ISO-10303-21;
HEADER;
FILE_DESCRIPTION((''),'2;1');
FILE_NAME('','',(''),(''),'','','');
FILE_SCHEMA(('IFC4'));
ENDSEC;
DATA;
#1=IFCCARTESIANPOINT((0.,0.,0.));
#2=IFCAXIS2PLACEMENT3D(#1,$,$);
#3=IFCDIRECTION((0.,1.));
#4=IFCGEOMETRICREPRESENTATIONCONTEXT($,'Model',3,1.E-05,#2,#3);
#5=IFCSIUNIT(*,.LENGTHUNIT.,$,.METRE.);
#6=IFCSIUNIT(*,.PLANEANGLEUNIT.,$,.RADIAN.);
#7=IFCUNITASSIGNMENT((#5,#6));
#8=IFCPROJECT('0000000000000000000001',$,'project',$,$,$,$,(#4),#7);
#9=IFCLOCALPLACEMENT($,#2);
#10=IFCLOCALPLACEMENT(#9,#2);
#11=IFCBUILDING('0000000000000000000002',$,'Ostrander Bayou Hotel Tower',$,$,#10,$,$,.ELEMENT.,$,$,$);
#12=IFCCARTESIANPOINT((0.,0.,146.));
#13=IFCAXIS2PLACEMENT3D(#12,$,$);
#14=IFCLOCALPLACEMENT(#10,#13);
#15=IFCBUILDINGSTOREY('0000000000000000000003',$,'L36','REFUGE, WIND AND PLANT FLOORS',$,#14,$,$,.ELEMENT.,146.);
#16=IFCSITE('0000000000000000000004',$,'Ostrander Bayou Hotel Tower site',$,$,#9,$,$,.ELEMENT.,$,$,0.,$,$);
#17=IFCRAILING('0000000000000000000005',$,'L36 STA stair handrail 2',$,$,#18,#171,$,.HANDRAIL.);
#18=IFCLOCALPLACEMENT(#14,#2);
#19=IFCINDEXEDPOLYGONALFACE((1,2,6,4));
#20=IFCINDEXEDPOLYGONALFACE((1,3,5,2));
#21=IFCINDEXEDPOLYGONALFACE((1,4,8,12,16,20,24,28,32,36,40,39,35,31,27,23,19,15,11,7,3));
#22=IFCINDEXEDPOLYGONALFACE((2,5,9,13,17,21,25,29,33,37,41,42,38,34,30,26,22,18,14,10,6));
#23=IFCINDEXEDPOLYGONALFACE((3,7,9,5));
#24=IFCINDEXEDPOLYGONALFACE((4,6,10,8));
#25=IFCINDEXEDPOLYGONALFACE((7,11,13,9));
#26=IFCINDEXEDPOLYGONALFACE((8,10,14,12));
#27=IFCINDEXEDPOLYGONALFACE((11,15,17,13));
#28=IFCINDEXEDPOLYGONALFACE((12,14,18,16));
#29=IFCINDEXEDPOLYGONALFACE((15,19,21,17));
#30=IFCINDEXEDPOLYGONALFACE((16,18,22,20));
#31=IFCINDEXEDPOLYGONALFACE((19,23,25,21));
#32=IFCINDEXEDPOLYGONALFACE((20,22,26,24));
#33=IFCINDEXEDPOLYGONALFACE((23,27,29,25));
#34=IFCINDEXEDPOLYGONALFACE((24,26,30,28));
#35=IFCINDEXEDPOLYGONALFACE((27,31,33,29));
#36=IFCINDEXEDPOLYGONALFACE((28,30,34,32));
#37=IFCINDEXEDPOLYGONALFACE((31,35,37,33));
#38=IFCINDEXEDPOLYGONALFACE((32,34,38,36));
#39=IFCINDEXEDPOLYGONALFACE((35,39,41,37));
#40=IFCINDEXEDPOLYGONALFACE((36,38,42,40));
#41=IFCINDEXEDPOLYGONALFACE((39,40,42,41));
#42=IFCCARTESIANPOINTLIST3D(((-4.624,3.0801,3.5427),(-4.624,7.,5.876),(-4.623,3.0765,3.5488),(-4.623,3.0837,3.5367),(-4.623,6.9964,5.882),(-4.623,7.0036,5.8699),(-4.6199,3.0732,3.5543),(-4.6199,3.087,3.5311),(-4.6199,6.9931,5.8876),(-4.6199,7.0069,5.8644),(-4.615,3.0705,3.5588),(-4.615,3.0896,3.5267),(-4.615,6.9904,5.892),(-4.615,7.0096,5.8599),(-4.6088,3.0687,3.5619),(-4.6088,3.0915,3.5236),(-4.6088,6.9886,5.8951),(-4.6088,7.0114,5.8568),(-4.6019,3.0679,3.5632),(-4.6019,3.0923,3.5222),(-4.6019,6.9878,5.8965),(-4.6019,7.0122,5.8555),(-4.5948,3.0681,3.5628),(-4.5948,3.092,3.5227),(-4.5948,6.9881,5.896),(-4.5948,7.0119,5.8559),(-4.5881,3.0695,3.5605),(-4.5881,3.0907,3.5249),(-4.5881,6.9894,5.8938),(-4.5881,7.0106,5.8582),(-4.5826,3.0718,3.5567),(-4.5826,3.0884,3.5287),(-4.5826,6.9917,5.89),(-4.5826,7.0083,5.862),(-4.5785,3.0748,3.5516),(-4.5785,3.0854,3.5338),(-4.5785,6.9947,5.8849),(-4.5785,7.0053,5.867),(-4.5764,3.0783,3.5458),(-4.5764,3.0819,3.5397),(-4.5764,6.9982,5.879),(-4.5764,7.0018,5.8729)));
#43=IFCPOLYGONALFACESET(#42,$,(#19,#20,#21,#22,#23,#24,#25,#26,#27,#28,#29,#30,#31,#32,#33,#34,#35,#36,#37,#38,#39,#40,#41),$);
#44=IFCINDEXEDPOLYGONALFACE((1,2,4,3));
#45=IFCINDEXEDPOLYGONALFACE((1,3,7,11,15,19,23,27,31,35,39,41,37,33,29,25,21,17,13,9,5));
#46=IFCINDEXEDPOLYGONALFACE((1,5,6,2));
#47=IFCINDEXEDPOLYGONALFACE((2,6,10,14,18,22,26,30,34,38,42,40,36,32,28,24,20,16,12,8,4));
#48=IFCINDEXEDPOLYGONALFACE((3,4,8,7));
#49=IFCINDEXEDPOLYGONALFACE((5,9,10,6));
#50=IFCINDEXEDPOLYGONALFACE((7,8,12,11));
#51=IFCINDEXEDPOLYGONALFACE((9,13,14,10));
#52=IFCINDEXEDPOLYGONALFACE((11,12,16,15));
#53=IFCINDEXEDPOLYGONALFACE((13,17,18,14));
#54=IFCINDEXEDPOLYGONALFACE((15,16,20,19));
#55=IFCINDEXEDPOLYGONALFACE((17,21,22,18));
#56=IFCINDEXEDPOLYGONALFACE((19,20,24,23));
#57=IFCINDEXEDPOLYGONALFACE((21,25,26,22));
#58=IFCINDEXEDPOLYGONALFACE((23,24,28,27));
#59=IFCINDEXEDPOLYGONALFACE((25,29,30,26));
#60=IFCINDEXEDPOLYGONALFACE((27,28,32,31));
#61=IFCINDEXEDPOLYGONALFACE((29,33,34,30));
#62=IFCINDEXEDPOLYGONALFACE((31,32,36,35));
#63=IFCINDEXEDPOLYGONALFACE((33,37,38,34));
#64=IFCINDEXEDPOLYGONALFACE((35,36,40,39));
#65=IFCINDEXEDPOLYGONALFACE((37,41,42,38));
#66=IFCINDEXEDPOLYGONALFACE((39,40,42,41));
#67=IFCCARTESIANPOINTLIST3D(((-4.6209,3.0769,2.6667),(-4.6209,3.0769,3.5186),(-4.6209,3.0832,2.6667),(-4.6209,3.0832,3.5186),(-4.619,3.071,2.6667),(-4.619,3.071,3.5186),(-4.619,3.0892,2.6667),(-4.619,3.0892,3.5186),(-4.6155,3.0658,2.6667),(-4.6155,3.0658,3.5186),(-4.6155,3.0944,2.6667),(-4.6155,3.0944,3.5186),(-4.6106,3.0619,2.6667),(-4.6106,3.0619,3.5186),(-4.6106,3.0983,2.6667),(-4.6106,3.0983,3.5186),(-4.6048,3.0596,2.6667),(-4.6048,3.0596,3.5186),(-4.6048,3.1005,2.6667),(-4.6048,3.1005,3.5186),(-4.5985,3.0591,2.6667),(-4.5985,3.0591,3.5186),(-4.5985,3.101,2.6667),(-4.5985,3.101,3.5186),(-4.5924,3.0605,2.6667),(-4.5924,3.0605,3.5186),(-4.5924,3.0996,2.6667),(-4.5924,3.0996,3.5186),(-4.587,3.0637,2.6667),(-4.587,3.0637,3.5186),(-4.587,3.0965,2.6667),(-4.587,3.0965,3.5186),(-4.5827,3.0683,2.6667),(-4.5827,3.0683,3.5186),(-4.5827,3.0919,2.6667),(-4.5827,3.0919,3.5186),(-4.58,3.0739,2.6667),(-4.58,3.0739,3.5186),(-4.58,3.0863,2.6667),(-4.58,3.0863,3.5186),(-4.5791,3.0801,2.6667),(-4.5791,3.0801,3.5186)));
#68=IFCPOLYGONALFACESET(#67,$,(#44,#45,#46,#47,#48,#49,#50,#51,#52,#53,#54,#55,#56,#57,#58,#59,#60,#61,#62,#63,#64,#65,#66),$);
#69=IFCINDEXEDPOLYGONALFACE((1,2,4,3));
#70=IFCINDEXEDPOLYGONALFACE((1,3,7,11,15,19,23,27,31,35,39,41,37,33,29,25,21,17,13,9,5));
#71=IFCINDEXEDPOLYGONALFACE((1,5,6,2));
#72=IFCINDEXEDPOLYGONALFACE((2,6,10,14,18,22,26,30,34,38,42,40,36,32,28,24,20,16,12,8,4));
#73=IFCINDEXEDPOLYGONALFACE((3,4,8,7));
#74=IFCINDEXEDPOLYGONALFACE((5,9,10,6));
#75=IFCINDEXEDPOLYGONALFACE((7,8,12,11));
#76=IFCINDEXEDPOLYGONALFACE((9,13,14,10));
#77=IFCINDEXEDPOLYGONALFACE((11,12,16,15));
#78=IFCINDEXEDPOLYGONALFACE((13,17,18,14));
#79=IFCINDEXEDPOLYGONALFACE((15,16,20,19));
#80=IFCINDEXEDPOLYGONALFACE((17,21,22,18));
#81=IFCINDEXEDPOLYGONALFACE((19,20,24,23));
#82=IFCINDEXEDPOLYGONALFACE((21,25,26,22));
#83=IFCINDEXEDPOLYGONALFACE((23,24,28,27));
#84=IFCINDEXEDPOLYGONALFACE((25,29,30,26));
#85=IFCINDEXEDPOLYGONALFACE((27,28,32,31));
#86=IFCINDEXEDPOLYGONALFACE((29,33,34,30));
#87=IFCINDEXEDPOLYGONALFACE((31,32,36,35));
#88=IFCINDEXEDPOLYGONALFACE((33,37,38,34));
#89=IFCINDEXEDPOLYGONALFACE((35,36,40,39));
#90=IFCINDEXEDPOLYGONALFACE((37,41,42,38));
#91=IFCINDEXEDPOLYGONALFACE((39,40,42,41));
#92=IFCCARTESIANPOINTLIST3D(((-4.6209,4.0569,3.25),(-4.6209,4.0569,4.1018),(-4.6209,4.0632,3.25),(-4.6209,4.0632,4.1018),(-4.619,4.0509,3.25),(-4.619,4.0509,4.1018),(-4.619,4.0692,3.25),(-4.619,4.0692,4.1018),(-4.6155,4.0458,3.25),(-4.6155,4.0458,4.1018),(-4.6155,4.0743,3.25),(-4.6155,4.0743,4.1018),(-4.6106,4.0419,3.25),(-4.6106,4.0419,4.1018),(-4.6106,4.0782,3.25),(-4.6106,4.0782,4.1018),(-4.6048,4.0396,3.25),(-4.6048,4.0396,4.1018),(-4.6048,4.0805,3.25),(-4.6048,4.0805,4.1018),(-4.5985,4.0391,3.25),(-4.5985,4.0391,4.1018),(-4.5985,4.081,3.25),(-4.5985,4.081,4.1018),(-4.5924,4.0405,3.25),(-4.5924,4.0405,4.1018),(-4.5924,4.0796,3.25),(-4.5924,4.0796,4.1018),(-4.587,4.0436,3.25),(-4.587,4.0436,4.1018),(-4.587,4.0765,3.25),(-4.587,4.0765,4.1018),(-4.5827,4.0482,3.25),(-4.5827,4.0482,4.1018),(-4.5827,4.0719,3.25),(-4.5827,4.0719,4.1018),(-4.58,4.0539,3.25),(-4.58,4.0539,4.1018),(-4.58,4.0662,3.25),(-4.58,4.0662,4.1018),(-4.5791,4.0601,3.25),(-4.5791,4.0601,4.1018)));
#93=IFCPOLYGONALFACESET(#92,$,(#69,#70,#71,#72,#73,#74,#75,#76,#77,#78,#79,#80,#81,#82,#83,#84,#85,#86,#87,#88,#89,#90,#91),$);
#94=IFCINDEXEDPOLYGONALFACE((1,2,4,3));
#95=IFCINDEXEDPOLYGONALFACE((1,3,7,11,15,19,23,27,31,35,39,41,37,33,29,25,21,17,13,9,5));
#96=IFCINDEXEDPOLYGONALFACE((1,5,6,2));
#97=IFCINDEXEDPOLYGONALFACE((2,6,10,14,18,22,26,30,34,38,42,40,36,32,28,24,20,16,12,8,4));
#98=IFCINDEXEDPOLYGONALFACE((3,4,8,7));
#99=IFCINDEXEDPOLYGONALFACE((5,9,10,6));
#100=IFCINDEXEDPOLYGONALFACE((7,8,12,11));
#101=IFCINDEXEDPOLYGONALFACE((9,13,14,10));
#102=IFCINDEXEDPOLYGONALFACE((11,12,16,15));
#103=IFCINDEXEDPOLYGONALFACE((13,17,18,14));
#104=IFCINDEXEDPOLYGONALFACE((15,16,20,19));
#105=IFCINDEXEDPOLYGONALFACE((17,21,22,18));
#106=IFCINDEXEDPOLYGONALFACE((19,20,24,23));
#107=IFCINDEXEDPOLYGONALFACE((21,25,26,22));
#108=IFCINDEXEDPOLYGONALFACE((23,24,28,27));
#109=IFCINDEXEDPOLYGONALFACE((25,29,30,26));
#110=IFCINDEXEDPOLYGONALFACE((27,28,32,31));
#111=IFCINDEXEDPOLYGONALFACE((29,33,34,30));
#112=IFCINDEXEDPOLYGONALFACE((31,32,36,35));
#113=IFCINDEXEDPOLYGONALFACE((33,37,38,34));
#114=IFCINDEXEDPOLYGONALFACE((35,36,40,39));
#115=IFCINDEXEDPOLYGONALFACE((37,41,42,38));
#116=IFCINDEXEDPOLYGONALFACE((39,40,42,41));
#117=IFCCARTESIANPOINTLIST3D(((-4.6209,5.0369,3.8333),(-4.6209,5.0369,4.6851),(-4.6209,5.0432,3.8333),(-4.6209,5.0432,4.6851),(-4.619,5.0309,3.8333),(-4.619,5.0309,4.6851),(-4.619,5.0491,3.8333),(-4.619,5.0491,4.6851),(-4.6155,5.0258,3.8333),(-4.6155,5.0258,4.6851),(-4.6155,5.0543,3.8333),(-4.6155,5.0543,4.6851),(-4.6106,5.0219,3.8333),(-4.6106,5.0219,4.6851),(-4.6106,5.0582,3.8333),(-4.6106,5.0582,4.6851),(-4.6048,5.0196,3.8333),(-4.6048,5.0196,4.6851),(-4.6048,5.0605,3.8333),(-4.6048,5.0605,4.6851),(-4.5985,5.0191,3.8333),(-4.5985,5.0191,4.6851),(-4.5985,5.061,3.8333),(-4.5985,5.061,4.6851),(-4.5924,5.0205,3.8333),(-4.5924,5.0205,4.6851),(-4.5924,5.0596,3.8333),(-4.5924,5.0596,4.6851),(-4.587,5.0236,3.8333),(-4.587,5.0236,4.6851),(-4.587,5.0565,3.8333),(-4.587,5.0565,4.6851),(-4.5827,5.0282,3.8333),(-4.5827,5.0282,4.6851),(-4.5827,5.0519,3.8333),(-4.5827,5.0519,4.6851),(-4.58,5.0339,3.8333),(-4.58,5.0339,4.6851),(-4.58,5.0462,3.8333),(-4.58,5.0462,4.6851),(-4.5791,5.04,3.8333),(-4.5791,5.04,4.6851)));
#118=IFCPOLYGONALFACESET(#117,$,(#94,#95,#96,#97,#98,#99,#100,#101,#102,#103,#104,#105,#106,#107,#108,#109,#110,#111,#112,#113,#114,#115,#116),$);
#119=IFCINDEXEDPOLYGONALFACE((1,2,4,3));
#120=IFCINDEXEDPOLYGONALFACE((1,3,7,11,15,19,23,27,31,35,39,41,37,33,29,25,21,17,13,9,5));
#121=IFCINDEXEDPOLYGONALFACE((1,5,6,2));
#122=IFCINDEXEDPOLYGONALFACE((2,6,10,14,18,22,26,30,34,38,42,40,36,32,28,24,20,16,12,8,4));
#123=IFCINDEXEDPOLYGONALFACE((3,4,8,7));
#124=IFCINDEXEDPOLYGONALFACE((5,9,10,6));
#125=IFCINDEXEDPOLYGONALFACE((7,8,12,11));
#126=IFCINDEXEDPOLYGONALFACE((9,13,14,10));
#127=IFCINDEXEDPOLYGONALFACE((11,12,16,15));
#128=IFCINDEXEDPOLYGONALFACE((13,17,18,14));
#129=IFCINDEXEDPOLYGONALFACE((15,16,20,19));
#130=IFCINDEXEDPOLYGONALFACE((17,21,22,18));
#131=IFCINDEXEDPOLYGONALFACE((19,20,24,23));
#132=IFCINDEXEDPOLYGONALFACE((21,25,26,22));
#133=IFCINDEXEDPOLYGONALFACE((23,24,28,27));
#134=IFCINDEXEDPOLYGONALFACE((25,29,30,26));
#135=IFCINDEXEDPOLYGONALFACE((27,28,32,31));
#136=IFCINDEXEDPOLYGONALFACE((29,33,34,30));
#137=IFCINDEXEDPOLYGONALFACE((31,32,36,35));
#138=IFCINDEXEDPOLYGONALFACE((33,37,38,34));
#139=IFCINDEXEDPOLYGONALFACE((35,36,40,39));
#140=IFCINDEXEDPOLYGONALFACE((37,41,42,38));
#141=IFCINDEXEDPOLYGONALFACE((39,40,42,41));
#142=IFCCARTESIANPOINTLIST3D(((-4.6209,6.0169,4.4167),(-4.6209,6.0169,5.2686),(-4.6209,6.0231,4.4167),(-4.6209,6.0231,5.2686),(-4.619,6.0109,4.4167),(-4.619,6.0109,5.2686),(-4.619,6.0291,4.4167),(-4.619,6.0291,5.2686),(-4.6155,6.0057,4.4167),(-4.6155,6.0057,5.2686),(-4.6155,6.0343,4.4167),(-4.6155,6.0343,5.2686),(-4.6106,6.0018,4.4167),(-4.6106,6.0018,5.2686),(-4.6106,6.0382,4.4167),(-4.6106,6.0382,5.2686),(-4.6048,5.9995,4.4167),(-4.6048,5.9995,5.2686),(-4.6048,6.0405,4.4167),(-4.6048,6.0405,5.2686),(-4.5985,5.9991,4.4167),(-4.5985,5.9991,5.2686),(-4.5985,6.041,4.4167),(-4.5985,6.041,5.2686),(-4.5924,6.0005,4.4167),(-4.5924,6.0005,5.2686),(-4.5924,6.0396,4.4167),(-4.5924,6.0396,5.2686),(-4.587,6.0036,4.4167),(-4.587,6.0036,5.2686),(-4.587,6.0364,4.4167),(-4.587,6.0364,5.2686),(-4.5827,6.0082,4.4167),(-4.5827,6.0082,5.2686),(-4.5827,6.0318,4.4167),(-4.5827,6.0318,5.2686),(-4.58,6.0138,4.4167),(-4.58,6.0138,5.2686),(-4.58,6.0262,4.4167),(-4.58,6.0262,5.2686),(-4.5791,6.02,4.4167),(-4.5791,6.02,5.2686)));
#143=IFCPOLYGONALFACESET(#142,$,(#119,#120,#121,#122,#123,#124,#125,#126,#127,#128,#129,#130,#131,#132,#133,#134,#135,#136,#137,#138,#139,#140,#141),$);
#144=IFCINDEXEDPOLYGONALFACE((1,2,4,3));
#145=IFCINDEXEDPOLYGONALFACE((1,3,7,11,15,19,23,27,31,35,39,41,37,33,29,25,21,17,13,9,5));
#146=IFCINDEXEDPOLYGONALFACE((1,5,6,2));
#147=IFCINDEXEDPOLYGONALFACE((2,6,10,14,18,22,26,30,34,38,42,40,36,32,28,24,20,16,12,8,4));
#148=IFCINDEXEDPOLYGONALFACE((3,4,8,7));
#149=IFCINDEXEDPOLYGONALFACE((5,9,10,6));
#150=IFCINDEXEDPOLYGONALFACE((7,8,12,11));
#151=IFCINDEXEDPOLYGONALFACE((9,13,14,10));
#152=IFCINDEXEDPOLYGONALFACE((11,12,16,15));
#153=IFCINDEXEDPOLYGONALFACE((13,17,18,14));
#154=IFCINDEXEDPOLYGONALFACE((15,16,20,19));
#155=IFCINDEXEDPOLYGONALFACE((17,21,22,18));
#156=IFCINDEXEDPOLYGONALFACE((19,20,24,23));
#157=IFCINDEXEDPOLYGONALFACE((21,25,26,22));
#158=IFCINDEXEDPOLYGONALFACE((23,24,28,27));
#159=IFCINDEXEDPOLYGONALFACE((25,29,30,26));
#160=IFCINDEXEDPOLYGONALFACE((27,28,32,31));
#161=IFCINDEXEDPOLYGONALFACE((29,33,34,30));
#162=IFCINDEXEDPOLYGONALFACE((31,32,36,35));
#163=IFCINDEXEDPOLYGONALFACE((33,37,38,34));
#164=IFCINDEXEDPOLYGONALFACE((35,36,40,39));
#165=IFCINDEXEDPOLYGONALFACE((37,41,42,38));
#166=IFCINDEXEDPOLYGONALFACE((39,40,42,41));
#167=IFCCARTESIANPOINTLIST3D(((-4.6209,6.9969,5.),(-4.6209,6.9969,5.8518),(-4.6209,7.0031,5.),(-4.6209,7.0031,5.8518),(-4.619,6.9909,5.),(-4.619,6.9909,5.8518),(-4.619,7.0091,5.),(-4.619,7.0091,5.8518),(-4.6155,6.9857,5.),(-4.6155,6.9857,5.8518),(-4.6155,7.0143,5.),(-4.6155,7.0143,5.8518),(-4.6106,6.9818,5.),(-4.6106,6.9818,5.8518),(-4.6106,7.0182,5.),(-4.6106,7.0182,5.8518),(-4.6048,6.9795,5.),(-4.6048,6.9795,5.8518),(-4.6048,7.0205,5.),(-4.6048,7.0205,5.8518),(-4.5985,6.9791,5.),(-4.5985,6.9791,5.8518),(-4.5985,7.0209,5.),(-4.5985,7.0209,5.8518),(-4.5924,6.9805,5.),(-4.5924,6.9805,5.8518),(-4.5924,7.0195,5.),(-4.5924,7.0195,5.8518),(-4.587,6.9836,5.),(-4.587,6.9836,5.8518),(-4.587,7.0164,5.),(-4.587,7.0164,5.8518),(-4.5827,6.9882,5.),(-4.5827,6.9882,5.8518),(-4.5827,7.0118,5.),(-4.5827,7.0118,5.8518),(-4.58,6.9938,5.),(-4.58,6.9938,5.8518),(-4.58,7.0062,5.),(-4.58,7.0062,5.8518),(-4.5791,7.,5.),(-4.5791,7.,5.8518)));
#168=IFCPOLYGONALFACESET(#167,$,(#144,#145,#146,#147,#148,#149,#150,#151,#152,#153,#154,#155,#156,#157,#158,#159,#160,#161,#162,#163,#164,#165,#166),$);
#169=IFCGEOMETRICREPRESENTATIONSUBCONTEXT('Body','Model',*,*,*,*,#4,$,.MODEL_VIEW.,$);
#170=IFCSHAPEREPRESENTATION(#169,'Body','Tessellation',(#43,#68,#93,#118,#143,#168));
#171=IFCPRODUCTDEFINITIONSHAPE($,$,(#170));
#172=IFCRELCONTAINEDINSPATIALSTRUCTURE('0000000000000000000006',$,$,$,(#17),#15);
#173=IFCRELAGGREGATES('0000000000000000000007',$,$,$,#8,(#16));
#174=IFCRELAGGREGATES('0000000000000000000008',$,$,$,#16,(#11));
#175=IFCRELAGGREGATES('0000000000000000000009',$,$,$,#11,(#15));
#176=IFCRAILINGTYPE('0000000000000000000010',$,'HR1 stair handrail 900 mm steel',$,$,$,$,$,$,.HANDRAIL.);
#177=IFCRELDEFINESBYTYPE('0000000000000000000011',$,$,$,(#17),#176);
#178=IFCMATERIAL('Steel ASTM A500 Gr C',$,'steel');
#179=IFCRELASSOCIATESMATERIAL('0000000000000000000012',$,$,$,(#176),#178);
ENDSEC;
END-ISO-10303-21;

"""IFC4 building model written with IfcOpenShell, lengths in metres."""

from ifc_helpers import new_model, si_unit, direction, frame, origin, origin_2d, place, context, subcontext, project, spatial, circle, extrude, material, type_object, element, save


model = new_model("IFC4")

# Units and contexts
model_context = context("Model", 3, precision=1e-05, world=origin(), true_north=direction((0.0, 1.0)))
body_context = subcontext(model_context, "Body", "Model", "MODEL_VIEW")
ifc_project = project(units=[si_unit("LENGTHUNIT", "METRE"), si_unit("PLANEANGLEUNIT", "RADIAN")], contexts=[model_context])

# Site, building, storey
site_placement = place(None, origin())
site = spatial("IfcSite", under=ifc_project, at=site_placement, Name="Ostrander Bayou Hotel Tower site", CompositionType="ELEMENT", RefElevation=0.0)
building_placement = place(site_placement, origin())
building = spatial("IfcBuilding", under=site, at=building_placement, Name="Ostrander Bayou Hotel Tower", CompositionType="ELEMENT")
storey_placement = place(building_placement, frame((0.0, 0.0, 146.0)))
storey = spatial("IfcBuildingStorey", under=building, at=storey_placement, Name="L36", Description="REFUGE, WIND AND PLANT FLOORS", CompositionType="ELEMENT", Elevation=146.0)

# Railing
ifc_material_1 = material(Name="Steel ASTM A500 Gr C", Category="steel")
railing_type_1 = type_object("IfcRailingType", Name="HR1 stair handrail 900 mm steel", PredefinedType="HANDRAIL", material=ifc_material_1)
railing_1_placement = place(storey_placement, frame((-4.6001, 3.0801, 2.6667)))
element("IfcRailing", 1, at=railing_1_placement, inside=storey, type_object=railing_type_1, Name="L36 STA stair handrail 2", PredefinedType="HANDRAIL", context=body_context, shape_type="SweptSolid", body=[
    extrude(circle(Radius=0.0239, at=origin_2d()), frame((0.0, 0.0, 0.876), z_axis=(0.0, 0.859296, 0.511478), x_axis=(-1.0, 0.0, 0.0)), (0.0, 0.0, 1.0), 4.5618),
    extrude(circle(Radius=0.021, at=origin_2d()), origin(), (0.0, 0.0, 1.0), 0.8518),
    extrude(circle(Radius=0.021, at=origin_2d()), frame((0.0, 0.98, 0.5833)), (0.0, 0.0, 1.0), 0.8518),
    extrude(circle(Radius=0.021, at=origin_2d()), frame((0.0, 1.96, 1.1665)), (0.0, 0.0, 1.0), 0.8518),
    extrude(circle(Radius=0.021, at=origin_2d()), frame((0.0, 2.9399, 1.75)), (0.0, 0.0, 1.0), 0.8518),
    extrude(circle(Radius=0.021, at=origin_2d()), frame((0.0, 3.9199, 2.3333)), (0.0, 0.0, 1.0), 0.8518),
])

save(model, "model.ifc")
